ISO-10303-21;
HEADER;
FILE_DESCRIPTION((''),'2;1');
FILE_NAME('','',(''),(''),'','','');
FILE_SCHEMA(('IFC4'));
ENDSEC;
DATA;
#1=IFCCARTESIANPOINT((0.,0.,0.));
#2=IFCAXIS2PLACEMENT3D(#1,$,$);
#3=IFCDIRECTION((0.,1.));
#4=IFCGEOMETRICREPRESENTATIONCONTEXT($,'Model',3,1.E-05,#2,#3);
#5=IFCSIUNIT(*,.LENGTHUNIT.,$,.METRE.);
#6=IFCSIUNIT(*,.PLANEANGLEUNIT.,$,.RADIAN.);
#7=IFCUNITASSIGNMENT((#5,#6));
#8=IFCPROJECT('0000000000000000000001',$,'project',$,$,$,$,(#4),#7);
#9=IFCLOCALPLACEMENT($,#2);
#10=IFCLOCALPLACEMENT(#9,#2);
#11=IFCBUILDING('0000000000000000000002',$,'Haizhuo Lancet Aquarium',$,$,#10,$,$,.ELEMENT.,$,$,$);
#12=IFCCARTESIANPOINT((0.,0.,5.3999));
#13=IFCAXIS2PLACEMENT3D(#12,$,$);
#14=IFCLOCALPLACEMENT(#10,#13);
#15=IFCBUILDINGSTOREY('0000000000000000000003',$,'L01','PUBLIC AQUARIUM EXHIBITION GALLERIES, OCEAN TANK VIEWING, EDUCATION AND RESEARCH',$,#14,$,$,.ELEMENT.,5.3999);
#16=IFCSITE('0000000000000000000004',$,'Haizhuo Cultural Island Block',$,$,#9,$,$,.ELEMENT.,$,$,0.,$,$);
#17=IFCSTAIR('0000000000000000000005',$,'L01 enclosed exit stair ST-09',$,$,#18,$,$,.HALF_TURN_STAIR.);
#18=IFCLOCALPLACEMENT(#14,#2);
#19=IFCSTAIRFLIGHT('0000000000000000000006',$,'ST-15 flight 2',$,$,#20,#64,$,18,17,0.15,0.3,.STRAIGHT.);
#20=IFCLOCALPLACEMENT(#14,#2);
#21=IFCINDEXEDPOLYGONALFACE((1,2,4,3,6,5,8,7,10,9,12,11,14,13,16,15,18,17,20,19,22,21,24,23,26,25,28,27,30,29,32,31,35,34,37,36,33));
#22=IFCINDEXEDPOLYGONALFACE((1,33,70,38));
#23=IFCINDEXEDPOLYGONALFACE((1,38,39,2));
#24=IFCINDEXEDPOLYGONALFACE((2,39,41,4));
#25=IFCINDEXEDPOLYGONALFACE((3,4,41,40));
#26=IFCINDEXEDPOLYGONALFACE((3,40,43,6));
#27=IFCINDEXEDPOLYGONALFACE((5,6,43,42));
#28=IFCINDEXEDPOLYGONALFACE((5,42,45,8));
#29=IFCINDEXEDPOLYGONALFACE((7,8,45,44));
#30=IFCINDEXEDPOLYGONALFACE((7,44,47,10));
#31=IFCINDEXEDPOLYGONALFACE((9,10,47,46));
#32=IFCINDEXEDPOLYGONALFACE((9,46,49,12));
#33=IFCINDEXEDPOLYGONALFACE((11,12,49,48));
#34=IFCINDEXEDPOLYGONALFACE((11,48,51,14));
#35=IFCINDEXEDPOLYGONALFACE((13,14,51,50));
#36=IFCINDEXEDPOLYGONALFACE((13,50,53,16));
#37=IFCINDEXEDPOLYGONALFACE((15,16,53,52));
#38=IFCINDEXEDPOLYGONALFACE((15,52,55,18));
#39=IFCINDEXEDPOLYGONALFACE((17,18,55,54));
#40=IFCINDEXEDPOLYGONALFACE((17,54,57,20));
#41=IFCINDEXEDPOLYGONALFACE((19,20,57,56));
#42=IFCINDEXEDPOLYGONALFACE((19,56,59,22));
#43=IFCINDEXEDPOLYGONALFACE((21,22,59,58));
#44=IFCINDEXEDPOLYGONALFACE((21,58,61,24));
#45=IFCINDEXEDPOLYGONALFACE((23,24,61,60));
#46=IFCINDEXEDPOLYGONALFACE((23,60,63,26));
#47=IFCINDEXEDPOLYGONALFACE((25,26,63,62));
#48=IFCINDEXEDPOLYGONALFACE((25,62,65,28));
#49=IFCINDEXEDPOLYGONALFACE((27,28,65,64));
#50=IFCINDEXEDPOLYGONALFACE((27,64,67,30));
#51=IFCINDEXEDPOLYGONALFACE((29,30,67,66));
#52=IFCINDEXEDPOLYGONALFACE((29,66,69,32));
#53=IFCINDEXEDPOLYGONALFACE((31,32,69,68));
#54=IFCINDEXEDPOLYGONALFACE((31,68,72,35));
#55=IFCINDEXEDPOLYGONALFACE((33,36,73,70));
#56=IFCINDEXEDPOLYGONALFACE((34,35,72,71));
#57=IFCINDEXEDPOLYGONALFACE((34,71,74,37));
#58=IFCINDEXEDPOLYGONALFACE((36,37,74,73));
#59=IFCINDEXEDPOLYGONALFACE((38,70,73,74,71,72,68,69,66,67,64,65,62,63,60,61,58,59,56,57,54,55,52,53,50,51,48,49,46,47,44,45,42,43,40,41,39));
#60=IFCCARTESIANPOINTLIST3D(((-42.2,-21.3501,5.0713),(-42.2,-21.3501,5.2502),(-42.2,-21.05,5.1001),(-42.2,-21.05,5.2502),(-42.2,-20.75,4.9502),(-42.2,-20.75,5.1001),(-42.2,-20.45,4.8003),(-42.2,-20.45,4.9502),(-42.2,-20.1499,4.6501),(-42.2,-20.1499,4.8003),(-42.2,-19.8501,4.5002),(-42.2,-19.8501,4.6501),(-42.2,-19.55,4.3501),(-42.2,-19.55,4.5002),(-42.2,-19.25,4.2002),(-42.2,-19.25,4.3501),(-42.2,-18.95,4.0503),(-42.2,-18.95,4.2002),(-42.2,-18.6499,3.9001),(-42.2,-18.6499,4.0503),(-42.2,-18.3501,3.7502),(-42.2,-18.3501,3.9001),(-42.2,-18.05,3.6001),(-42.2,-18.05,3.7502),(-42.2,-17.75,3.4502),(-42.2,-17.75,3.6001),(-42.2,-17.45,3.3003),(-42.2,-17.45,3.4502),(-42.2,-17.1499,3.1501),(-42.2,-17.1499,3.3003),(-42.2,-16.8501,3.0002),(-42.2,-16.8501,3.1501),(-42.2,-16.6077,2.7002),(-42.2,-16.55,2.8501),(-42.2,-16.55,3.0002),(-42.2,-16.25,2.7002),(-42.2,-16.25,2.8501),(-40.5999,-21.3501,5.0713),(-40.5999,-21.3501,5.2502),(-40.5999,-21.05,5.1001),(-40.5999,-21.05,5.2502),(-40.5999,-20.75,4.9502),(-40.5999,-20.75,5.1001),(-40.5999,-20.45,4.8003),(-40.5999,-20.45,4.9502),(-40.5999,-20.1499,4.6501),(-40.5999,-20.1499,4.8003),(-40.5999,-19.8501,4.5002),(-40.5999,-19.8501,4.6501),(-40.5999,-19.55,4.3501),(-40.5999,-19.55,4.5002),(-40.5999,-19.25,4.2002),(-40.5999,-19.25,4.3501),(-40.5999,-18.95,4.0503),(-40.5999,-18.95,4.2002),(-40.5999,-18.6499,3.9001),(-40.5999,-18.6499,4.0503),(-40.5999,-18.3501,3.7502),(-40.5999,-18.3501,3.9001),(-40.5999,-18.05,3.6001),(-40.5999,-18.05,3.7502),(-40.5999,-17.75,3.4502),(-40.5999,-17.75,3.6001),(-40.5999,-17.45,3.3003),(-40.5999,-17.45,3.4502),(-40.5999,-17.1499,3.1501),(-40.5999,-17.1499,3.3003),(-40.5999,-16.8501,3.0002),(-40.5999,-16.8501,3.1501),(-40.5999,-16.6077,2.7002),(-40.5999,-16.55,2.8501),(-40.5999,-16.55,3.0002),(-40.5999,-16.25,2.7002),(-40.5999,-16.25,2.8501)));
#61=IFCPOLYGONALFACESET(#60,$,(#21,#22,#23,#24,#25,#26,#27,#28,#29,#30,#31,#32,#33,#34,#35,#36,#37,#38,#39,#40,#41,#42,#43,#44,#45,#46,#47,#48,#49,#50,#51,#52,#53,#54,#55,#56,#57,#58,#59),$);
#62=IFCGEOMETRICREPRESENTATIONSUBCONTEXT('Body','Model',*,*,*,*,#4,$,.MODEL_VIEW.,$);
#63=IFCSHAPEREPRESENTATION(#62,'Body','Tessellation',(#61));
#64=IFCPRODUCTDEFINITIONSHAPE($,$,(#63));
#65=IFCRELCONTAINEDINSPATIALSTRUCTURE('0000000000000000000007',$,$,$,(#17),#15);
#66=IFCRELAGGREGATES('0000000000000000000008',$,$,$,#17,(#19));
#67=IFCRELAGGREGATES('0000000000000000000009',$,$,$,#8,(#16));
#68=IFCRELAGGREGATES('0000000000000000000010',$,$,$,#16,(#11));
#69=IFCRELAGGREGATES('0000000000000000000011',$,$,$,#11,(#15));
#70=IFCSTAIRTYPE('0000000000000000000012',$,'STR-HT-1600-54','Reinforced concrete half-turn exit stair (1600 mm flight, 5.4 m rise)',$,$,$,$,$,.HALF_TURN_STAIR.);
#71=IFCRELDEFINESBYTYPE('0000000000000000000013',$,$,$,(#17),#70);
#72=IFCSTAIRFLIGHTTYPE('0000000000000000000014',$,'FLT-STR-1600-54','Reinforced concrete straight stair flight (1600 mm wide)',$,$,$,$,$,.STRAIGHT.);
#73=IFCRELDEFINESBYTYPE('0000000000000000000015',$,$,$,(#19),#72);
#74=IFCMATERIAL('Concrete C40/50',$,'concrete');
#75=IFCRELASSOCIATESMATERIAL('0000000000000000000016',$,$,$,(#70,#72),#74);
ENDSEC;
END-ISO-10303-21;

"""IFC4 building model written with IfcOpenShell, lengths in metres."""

from ifc_helpers import new_model, si_unit, direction, frame, origin, place, context, subcontext, project, spatial, polyline, outline, extrude, material, type_object, element, aggregate, save


model = new_model("IFC4")

# Units and contexts
model_context = context("Model", 3, precision=1e-05, world=origin(), true_north=direction((0.0, 1.0)))
body_context = subcontext(model_context, "Body", "Model", "MODEL_VIEW")
ifc_project = project(units=[si_unit("LENGTHUNIT", "METRE"), si_unit("PLANEANGLEUNIT", "RADIAN")], contexts=[model_context])

# Site, building, storey
site_placement = place(None, origin())
site = spatial("IfcSite", under=ifc_project, at=site_placement, Name="Haizhuo Cultural Island Block", CompositionType="ELEMENT", RefElevation=0.0)
building_placement = place(site_placement, origin())
building = spatial("IfcBuilding", under=site, at=building_placement, Name="Haizhuo Lancet Aquarium", CompositionType="ELEMENT")
storey_placement = place(building_placement, frame((0.0, 0.0, 5.3999)))
storey = spatial("IfcBuildingStorey", under=building, at=storey_placement, Name="L01", Description="PUBLIC AQUARIUM EXHIBITION GALLERIES, OCEAN TANK VIEWING, EDUCATION AND RESEARCH", CompositionType="ELEMENT", Elevation=5.3999)

# Shared definitions
ifc_material_1 = material(Name="Concrete C40/50", Category="concrete")

# Stair, stair flight
stair_type = type_object("IfcStairType", Name="STR-HT-1600-54", Description="Reinforced concrete half-turn exit stair (1600 mm flight, 5.4 m rise)", PredefinedType="HALF_TURN_STAIR", material=ifc_material_1)
stair_placement = place(storey_placement, origin())
stair = element("IfcStair", 1, at=stair_placement, inside=storey, type_object=stair_type, Name="L01 enclosed exit stair ST-09", PredefinedType="HALF_TURN_STAIR")
stair_flight_type = type_object("IfcStairFlightType", Name="FLT-STR-1600-54", Description="Reinforced concrete straight stair flight (1600 mm wide)", PredefinedType="STRAIGHT", material=ifc_material_1)
stair_flight_1_placement = place(storey_placement, frame((-41.3999, -16.25, 2.7002), z_axis=(0.0, 0.0, 1.0), x_axis=(0.0, -1.0, 0.0)))
stair_flight_1 = element("IfcStairFlight", 2, at=stair_flight_1_placement, type_object=stair_flight_type, Name="ST-15 flight 2", NumberOfRisers=18, NumberOfTreads=17, PredefinedType="STRAIGHT", RiserHeight=0.15, TreadLength=0.3, context=body_context, shape_type="SweptSolid", body=[
    extrude(outline(polyline([(0.0, 0.0), (0.0, 0.1499), (0.3, 0.1499), (0.3, 0.3), (0.6001, 0.3), (0.6001, 0.45), (0.8999, 0.45), (0.8999, 0.6001), (1.2, 0.6001), (1.2, 0.75), (1.5, 0.75), (1.5, 0.8999), (1.8, 0.8999), (1.8, 1.05), (2.1001, 1.05), (2.1001, 1.2), (2.3999, 1.2), (2.3999, 1.3501), (2.7, 1.3501), (2.7, 1.5), (3.0, 1.5), (3.0, 1.6499), (3.3, 1.6499), (3.3, 1.8), (3.6001, 1.8), (3.6001, 1.95), (3.8999, 1.95), (3.8999, 2.1001), (4.2, 2.1001), (4.2, 2.25), (4.5, 2.25), (4.5, 2.3999), (4.8, 2.3999), (4.8, 2.55), (5.1001, 2.55), (5.1001, 2.7), (5.1001, 2.3711), (0.3577, 0.0), (0.0, 0.0)])), frame((0.0, 0.8, 0.0), z_axis=(0.0, -1.0, 0.0), x_axis=(1.0, 0.0, 0.0)), (0.0, 0.0, 1.0), 1.6001),
])
aggregate(stair, [stair_flight_1])

save(model, "model.ifc")
